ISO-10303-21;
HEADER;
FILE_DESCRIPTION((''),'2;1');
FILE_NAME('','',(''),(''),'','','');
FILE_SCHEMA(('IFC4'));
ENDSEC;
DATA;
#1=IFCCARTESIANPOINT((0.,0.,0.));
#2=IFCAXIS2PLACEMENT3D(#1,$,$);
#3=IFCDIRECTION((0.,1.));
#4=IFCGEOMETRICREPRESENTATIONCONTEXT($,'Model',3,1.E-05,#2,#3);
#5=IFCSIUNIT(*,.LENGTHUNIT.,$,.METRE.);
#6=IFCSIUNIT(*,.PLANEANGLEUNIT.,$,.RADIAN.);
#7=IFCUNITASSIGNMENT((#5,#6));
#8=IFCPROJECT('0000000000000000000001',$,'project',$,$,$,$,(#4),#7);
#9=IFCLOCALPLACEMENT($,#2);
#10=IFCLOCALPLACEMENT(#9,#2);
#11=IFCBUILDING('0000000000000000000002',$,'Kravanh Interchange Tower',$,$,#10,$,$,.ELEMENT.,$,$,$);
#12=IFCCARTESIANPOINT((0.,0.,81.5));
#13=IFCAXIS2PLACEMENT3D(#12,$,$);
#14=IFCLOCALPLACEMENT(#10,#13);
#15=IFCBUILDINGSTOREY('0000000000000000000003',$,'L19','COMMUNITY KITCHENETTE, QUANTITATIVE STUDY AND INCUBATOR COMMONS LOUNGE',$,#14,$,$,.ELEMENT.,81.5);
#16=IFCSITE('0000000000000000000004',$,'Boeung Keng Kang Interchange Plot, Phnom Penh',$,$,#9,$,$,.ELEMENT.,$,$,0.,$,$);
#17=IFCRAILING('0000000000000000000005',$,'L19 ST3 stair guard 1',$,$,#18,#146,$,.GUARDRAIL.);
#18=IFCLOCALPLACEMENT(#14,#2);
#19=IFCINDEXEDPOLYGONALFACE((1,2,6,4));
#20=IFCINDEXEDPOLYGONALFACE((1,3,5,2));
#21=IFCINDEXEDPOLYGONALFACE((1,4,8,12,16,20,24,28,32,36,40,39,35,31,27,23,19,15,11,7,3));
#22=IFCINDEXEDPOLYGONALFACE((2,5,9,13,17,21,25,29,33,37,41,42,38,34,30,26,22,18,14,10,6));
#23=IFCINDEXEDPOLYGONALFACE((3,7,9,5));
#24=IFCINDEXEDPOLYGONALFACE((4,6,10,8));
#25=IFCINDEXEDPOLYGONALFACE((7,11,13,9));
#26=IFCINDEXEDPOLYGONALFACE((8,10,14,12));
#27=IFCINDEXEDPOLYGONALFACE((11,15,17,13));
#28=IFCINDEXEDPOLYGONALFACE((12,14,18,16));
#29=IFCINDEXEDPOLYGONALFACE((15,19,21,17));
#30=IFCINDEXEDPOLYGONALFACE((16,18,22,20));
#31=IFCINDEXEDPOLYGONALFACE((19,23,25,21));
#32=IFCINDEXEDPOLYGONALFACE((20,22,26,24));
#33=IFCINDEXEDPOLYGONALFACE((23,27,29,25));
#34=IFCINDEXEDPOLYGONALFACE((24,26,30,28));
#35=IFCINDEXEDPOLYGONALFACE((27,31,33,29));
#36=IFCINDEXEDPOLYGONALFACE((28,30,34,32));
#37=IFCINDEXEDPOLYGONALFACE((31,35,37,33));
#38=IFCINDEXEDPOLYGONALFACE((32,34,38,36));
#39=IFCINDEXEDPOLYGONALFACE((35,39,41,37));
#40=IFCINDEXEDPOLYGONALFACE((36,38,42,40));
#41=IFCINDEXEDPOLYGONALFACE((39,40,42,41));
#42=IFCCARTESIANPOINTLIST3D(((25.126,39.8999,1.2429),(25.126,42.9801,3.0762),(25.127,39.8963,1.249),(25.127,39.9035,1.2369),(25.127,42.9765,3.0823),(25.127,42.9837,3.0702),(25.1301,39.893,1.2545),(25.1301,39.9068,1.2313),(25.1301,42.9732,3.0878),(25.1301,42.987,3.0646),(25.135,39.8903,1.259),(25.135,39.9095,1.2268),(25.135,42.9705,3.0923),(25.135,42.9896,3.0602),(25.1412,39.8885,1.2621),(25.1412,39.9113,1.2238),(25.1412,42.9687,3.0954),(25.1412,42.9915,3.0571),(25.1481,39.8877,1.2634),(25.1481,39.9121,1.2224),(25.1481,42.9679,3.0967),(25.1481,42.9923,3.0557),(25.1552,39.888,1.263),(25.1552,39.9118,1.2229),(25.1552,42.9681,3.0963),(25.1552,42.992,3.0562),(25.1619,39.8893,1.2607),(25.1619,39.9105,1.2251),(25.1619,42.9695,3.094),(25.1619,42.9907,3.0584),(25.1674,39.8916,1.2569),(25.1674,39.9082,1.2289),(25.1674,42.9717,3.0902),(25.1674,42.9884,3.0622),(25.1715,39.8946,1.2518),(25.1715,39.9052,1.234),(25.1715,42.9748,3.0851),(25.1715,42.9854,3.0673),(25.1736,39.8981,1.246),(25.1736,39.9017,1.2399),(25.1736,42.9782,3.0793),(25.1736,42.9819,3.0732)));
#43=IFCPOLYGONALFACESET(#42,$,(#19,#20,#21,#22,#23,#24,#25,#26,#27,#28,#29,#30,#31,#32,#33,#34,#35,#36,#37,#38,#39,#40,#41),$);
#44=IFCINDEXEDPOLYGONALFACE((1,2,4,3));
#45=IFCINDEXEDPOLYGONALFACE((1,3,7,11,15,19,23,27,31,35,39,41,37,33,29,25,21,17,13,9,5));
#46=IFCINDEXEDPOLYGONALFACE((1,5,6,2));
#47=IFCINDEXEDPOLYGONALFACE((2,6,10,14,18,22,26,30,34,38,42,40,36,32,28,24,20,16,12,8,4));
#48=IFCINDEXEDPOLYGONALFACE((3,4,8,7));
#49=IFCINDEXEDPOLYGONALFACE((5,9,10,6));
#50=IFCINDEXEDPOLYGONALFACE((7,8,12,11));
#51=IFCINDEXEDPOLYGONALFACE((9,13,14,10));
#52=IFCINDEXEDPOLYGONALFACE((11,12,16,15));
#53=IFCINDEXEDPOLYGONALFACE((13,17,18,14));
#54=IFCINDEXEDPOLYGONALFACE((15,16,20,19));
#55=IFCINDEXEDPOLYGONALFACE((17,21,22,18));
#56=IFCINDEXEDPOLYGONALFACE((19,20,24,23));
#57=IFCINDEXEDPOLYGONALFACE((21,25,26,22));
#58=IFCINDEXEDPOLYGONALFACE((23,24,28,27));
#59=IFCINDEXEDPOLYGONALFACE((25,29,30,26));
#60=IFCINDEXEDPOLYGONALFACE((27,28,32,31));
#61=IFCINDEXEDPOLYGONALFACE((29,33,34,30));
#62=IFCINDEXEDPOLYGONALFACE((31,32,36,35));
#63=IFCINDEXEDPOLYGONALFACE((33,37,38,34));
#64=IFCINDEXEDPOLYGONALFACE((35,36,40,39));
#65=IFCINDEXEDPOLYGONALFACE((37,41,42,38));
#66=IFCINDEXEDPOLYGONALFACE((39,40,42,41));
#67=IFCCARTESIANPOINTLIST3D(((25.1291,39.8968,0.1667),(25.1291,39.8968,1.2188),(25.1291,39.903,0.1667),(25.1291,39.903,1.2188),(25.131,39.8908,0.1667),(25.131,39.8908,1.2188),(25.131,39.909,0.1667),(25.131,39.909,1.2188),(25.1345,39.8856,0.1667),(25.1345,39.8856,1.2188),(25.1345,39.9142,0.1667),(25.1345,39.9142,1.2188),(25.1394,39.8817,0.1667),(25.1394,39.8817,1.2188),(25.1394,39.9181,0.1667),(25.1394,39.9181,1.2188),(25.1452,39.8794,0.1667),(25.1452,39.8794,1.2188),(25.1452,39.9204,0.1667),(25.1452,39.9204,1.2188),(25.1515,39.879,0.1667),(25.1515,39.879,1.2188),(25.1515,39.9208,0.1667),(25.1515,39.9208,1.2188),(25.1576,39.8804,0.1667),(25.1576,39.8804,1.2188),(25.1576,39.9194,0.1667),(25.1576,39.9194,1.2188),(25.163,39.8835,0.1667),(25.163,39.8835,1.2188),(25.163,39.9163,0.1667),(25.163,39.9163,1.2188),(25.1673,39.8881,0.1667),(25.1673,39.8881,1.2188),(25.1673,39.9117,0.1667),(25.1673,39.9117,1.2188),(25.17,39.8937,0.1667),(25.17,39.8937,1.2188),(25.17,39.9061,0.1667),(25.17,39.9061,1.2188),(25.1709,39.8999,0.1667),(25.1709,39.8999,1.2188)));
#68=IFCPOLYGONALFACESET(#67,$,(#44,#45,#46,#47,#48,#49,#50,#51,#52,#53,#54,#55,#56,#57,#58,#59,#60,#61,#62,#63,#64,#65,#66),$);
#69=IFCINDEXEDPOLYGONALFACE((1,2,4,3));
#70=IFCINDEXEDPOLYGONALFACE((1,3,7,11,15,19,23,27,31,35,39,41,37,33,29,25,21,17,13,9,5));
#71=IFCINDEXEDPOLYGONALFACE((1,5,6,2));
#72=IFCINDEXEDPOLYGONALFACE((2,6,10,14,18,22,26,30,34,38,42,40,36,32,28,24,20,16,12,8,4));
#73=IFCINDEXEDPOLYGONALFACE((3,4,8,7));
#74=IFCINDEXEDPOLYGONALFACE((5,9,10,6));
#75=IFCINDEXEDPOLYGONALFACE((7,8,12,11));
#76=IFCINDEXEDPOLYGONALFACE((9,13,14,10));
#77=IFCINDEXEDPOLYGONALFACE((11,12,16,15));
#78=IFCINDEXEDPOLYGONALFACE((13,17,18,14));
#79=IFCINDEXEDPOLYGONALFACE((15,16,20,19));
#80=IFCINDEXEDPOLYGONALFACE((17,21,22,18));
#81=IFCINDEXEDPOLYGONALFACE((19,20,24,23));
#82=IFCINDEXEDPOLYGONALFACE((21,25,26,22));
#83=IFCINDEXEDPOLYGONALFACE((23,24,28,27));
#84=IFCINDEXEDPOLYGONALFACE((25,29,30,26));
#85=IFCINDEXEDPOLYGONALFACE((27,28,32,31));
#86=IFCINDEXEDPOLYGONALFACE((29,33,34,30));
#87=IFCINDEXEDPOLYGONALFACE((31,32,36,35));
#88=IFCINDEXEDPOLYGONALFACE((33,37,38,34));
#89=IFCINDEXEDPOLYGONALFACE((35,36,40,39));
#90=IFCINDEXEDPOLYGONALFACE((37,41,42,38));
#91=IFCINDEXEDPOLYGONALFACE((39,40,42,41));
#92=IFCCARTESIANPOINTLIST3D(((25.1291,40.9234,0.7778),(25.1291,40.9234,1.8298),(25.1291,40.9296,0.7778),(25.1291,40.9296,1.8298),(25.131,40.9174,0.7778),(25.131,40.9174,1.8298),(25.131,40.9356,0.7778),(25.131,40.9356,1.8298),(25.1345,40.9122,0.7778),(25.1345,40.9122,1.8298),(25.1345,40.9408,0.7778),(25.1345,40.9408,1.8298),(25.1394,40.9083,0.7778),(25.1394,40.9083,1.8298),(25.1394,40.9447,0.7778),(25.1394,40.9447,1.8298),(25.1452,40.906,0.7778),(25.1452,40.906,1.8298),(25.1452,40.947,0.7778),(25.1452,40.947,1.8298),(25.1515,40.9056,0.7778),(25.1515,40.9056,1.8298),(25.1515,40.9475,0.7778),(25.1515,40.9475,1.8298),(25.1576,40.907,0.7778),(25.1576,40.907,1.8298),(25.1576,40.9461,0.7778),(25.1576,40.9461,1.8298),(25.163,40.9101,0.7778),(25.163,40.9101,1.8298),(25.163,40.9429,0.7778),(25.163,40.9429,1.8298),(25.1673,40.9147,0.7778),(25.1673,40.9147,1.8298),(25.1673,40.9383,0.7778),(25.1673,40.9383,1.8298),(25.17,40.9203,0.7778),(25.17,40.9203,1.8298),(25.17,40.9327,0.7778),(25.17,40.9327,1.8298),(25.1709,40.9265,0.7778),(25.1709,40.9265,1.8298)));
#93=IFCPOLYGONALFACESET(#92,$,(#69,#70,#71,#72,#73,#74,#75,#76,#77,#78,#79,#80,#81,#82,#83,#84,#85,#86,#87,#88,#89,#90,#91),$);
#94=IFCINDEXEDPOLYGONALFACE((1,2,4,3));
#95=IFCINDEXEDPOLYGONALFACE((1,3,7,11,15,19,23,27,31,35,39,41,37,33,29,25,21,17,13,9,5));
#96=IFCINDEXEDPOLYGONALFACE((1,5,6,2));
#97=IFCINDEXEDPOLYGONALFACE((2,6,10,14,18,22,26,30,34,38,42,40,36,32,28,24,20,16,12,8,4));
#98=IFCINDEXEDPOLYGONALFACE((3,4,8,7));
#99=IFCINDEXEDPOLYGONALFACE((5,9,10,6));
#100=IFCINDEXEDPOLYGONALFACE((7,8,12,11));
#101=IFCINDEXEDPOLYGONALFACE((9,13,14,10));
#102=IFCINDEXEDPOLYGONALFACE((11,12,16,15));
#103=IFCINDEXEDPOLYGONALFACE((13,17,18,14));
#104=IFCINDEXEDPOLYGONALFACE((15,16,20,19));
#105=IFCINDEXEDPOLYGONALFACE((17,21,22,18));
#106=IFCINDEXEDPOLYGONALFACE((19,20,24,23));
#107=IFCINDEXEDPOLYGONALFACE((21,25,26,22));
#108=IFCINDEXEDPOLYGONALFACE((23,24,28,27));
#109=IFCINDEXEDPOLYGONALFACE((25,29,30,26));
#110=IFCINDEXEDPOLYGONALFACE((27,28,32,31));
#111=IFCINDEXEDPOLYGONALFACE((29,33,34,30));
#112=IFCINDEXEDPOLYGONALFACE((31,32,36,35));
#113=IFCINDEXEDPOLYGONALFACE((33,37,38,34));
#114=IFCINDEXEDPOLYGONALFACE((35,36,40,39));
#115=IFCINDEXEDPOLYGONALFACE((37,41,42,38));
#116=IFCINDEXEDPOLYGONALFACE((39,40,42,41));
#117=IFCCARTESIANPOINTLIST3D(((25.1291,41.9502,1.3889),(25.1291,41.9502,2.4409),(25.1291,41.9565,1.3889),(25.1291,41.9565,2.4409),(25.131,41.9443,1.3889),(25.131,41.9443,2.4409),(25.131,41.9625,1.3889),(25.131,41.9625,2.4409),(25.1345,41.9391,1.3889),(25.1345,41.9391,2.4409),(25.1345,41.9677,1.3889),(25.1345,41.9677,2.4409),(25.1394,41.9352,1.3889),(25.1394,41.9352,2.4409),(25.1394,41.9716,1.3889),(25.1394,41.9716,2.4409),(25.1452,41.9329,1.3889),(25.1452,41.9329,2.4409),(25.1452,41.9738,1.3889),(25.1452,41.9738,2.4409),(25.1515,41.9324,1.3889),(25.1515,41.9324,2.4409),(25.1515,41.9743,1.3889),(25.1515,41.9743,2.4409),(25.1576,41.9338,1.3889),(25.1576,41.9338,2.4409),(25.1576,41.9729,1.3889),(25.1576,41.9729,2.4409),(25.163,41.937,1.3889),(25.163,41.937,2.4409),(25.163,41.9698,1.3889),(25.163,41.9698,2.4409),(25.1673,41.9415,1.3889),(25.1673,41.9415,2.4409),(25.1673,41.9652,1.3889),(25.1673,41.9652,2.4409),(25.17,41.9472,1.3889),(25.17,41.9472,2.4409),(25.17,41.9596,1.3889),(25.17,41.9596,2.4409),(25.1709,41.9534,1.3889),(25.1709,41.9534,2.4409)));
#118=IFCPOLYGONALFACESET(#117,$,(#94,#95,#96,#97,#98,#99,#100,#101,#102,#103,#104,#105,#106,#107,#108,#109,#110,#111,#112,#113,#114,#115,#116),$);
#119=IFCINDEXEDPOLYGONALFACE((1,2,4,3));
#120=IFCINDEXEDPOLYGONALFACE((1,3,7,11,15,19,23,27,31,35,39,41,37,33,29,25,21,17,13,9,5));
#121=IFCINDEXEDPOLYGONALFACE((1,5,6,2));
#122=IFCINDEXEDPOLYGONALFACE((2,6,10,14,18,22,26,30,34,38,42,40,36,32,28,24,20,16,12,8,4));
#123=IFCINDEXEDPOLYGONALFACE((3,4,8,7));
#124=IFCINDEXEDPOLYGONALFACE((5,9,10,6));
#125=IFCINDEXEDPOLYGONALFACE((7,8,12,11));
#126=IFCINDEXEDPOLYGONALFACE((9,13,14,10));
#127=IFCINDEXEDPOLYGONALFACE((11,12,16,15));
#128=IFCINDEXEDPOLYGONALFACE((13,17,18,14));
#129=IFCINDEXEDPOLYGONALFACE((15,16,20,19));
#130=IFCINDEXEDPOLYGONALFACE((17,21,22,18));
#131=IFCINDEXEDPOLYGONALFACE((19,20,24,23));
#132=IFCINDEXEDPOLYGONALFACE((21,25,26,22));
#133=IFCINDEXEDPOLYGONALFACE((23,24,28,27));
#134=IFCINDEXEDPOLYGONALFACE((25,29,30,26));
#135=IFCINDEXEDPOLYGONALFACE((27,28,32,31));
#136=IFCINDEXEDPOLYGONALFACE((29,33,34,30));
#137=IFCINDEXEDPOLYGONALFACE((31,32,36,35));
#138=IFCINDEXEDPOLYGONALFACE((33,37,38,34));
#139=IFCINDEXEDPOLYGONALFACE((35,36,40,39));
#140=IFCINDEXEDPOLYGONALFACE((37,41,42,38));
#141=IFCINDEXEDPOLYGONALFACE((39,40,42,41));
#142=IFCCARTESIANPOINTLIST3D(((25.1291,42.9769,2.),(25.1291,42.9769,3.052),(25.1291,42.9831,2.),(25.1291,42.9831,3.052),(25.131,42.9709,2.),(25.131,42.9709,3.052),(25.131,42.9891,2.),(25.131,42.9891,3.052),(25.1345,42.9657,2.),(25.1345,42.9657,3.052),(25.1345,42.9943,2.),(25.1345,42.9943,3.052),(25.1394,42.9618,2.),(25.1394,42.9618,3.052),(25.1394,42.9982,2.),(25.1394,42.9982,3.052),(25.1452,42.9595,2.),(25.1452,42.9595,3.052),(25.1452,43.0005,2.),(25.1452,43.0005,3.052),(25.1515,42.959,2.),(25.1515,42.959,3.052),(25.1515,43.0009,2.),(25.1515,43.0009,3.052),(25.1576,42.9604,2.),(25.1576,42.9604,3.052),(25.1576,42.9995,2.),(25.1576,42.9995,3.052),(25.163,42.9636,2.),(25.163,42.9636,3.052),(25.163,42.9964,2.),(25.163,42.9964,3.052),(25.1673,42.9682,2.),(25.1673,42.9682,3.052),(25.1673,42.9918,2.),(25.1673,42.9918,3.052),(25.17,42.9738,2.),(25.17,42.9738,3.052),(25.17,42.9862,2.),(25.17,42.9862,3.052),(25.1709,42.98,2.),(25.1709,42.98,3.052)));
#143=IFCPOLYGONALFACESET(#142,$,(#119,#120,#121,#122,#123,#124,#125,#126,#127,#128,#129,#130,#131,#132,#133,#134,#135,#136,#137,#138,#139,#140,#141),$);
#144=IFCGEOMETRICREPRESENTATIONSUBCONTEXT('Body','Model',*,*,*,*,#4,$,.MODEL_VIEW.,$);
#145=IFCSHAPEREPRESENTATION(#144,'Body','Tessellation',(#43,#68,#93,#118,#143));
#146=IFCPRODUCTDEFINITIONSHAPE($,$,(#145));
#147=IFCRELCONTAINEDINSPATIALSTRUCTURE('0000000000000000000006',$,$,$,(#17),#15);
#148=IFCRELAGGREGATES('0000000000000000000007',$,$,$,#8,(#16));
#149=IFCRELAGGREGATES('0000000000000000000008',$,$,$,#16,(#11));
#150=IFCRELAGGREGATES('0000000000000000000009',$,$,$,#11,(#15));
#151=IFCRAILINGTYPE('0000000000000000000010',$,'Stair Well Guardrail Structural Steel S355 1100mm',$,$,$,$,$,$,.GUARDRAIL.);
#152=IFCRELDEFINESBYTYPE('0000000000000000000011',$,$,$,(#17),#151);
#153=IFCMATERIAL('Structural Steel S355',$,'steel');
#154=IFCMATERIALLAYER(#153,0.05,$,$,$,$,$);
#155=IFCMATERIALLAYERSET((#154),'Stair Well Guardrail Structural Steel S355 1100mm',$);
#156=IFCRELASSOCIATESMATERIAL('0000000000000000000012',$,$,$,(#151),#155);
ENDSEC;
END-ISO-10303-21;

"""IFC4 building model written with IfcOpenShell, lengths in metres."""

from ifc_helpers import new_model, si_unit, direction, frame, origin, origin_2d, place, context, subcontext, project, spatial, circle, extrude, material, layer, layer_set, type_object, element, save


model = new_model("IFC4")

# Units and contexts
model_context = context("Model", 3, precision=1e-05, world=origin(), true_north=direction((0.0, 1.0)))
body_context = subcontext(model_context, "Body", "Model", "MODEL_VIEW")
ifc_project = project(units=[si_unit("LENGTHUNIT", "METRE"), si_unit("PLANEANGLEUNIT", "RADIAN")], contexts=[model_context])

# Site, building, storey
site_placement = place(None, origin())
site = spatial("IfcSite", under=ifc_project, at=site_placement, Name="Boeung Keng Kang Interchange Plot, Phnom Penh", CompositionType="ELEMENT", RefElevation=0.0)
building_placement = place(site_placement, origin())
building = spatial("IfcBuilding", under=site, at=building_placement, Name="Kravanh Interchange Tower", CompositionType="ELEMENT")
storey_placement = place(building_placement, frame((0.0, 0.0, 81.5)))
storey = spatial("IfcBuildingStorey", under=building, at=storey_placement, Name="L19", Description="COMMUNITY KITCHENETTE, QUANTITATIVE STUDY AND INCUBATOR COMMONS LOUNGE", CompositionType="ELEMENT", Elevation=81.5)

# Railing
ifc_material_1 = material(Name="Structural Steel S355", Category="steel")
ifc_layer_1 = layer(ifc_material_1, 0.05)
ifc_layer_set_1 = layer_set([ifc_layer_1], Name="Stair Well Guardrail Structural Steel S355 1100mm")
railing_type_1 = type_object("IfcRailingType", Name="Stair Well Guardrail Structural Steel S355 1100mm", PredefinedType="GUARDRAIL", material=ifc_layer_set_1)
railing_1_placement = place(storey_placement, frame((25.1499, 39.8999, 0.1667)))
element("IfcRailing", 1, at=railing_1_placement, inside=storey, type_object=railing_type_1, Name="L19 ST3 stair guard 1", PredefinedType="GUARDRAIL", context=body_context, shape_type="SweptSolid", body=[
    extrude(circle(Radius=0.0239, at=origin_2d()), frame((0.0, 0.0, 1.0762), z_axis=(0.0, 0.859309, 0.511458), x_axis=(-1.0, 0.0, 0.0)), (0.0, 0.0, 1.0), 3.5845),
    extrude(circle(Radius=0.021, at=origin_2d()), origin(), (0.0, 0.0, 1.0), 1.052),
    extrude(circle(Radius=0.021, at=origin_2d()), frame((0.0, 1.0266, 0.6111)), (0.0, 0.0, 1.0), 1.052),
    extrude(circle(Radius=0.021, at=origin_2d()), frame((0.0, 2.0535, 1.2222)), (0.0, 0.0, 1.0), 1.052),
    extrude(circle(Radius=0.021, at=origin_2d()), frame((0.0, 3.0801, 1.8333)), (0.0, 0.0, 1.0), 1.052),
])

save(model, "model.ifc")
